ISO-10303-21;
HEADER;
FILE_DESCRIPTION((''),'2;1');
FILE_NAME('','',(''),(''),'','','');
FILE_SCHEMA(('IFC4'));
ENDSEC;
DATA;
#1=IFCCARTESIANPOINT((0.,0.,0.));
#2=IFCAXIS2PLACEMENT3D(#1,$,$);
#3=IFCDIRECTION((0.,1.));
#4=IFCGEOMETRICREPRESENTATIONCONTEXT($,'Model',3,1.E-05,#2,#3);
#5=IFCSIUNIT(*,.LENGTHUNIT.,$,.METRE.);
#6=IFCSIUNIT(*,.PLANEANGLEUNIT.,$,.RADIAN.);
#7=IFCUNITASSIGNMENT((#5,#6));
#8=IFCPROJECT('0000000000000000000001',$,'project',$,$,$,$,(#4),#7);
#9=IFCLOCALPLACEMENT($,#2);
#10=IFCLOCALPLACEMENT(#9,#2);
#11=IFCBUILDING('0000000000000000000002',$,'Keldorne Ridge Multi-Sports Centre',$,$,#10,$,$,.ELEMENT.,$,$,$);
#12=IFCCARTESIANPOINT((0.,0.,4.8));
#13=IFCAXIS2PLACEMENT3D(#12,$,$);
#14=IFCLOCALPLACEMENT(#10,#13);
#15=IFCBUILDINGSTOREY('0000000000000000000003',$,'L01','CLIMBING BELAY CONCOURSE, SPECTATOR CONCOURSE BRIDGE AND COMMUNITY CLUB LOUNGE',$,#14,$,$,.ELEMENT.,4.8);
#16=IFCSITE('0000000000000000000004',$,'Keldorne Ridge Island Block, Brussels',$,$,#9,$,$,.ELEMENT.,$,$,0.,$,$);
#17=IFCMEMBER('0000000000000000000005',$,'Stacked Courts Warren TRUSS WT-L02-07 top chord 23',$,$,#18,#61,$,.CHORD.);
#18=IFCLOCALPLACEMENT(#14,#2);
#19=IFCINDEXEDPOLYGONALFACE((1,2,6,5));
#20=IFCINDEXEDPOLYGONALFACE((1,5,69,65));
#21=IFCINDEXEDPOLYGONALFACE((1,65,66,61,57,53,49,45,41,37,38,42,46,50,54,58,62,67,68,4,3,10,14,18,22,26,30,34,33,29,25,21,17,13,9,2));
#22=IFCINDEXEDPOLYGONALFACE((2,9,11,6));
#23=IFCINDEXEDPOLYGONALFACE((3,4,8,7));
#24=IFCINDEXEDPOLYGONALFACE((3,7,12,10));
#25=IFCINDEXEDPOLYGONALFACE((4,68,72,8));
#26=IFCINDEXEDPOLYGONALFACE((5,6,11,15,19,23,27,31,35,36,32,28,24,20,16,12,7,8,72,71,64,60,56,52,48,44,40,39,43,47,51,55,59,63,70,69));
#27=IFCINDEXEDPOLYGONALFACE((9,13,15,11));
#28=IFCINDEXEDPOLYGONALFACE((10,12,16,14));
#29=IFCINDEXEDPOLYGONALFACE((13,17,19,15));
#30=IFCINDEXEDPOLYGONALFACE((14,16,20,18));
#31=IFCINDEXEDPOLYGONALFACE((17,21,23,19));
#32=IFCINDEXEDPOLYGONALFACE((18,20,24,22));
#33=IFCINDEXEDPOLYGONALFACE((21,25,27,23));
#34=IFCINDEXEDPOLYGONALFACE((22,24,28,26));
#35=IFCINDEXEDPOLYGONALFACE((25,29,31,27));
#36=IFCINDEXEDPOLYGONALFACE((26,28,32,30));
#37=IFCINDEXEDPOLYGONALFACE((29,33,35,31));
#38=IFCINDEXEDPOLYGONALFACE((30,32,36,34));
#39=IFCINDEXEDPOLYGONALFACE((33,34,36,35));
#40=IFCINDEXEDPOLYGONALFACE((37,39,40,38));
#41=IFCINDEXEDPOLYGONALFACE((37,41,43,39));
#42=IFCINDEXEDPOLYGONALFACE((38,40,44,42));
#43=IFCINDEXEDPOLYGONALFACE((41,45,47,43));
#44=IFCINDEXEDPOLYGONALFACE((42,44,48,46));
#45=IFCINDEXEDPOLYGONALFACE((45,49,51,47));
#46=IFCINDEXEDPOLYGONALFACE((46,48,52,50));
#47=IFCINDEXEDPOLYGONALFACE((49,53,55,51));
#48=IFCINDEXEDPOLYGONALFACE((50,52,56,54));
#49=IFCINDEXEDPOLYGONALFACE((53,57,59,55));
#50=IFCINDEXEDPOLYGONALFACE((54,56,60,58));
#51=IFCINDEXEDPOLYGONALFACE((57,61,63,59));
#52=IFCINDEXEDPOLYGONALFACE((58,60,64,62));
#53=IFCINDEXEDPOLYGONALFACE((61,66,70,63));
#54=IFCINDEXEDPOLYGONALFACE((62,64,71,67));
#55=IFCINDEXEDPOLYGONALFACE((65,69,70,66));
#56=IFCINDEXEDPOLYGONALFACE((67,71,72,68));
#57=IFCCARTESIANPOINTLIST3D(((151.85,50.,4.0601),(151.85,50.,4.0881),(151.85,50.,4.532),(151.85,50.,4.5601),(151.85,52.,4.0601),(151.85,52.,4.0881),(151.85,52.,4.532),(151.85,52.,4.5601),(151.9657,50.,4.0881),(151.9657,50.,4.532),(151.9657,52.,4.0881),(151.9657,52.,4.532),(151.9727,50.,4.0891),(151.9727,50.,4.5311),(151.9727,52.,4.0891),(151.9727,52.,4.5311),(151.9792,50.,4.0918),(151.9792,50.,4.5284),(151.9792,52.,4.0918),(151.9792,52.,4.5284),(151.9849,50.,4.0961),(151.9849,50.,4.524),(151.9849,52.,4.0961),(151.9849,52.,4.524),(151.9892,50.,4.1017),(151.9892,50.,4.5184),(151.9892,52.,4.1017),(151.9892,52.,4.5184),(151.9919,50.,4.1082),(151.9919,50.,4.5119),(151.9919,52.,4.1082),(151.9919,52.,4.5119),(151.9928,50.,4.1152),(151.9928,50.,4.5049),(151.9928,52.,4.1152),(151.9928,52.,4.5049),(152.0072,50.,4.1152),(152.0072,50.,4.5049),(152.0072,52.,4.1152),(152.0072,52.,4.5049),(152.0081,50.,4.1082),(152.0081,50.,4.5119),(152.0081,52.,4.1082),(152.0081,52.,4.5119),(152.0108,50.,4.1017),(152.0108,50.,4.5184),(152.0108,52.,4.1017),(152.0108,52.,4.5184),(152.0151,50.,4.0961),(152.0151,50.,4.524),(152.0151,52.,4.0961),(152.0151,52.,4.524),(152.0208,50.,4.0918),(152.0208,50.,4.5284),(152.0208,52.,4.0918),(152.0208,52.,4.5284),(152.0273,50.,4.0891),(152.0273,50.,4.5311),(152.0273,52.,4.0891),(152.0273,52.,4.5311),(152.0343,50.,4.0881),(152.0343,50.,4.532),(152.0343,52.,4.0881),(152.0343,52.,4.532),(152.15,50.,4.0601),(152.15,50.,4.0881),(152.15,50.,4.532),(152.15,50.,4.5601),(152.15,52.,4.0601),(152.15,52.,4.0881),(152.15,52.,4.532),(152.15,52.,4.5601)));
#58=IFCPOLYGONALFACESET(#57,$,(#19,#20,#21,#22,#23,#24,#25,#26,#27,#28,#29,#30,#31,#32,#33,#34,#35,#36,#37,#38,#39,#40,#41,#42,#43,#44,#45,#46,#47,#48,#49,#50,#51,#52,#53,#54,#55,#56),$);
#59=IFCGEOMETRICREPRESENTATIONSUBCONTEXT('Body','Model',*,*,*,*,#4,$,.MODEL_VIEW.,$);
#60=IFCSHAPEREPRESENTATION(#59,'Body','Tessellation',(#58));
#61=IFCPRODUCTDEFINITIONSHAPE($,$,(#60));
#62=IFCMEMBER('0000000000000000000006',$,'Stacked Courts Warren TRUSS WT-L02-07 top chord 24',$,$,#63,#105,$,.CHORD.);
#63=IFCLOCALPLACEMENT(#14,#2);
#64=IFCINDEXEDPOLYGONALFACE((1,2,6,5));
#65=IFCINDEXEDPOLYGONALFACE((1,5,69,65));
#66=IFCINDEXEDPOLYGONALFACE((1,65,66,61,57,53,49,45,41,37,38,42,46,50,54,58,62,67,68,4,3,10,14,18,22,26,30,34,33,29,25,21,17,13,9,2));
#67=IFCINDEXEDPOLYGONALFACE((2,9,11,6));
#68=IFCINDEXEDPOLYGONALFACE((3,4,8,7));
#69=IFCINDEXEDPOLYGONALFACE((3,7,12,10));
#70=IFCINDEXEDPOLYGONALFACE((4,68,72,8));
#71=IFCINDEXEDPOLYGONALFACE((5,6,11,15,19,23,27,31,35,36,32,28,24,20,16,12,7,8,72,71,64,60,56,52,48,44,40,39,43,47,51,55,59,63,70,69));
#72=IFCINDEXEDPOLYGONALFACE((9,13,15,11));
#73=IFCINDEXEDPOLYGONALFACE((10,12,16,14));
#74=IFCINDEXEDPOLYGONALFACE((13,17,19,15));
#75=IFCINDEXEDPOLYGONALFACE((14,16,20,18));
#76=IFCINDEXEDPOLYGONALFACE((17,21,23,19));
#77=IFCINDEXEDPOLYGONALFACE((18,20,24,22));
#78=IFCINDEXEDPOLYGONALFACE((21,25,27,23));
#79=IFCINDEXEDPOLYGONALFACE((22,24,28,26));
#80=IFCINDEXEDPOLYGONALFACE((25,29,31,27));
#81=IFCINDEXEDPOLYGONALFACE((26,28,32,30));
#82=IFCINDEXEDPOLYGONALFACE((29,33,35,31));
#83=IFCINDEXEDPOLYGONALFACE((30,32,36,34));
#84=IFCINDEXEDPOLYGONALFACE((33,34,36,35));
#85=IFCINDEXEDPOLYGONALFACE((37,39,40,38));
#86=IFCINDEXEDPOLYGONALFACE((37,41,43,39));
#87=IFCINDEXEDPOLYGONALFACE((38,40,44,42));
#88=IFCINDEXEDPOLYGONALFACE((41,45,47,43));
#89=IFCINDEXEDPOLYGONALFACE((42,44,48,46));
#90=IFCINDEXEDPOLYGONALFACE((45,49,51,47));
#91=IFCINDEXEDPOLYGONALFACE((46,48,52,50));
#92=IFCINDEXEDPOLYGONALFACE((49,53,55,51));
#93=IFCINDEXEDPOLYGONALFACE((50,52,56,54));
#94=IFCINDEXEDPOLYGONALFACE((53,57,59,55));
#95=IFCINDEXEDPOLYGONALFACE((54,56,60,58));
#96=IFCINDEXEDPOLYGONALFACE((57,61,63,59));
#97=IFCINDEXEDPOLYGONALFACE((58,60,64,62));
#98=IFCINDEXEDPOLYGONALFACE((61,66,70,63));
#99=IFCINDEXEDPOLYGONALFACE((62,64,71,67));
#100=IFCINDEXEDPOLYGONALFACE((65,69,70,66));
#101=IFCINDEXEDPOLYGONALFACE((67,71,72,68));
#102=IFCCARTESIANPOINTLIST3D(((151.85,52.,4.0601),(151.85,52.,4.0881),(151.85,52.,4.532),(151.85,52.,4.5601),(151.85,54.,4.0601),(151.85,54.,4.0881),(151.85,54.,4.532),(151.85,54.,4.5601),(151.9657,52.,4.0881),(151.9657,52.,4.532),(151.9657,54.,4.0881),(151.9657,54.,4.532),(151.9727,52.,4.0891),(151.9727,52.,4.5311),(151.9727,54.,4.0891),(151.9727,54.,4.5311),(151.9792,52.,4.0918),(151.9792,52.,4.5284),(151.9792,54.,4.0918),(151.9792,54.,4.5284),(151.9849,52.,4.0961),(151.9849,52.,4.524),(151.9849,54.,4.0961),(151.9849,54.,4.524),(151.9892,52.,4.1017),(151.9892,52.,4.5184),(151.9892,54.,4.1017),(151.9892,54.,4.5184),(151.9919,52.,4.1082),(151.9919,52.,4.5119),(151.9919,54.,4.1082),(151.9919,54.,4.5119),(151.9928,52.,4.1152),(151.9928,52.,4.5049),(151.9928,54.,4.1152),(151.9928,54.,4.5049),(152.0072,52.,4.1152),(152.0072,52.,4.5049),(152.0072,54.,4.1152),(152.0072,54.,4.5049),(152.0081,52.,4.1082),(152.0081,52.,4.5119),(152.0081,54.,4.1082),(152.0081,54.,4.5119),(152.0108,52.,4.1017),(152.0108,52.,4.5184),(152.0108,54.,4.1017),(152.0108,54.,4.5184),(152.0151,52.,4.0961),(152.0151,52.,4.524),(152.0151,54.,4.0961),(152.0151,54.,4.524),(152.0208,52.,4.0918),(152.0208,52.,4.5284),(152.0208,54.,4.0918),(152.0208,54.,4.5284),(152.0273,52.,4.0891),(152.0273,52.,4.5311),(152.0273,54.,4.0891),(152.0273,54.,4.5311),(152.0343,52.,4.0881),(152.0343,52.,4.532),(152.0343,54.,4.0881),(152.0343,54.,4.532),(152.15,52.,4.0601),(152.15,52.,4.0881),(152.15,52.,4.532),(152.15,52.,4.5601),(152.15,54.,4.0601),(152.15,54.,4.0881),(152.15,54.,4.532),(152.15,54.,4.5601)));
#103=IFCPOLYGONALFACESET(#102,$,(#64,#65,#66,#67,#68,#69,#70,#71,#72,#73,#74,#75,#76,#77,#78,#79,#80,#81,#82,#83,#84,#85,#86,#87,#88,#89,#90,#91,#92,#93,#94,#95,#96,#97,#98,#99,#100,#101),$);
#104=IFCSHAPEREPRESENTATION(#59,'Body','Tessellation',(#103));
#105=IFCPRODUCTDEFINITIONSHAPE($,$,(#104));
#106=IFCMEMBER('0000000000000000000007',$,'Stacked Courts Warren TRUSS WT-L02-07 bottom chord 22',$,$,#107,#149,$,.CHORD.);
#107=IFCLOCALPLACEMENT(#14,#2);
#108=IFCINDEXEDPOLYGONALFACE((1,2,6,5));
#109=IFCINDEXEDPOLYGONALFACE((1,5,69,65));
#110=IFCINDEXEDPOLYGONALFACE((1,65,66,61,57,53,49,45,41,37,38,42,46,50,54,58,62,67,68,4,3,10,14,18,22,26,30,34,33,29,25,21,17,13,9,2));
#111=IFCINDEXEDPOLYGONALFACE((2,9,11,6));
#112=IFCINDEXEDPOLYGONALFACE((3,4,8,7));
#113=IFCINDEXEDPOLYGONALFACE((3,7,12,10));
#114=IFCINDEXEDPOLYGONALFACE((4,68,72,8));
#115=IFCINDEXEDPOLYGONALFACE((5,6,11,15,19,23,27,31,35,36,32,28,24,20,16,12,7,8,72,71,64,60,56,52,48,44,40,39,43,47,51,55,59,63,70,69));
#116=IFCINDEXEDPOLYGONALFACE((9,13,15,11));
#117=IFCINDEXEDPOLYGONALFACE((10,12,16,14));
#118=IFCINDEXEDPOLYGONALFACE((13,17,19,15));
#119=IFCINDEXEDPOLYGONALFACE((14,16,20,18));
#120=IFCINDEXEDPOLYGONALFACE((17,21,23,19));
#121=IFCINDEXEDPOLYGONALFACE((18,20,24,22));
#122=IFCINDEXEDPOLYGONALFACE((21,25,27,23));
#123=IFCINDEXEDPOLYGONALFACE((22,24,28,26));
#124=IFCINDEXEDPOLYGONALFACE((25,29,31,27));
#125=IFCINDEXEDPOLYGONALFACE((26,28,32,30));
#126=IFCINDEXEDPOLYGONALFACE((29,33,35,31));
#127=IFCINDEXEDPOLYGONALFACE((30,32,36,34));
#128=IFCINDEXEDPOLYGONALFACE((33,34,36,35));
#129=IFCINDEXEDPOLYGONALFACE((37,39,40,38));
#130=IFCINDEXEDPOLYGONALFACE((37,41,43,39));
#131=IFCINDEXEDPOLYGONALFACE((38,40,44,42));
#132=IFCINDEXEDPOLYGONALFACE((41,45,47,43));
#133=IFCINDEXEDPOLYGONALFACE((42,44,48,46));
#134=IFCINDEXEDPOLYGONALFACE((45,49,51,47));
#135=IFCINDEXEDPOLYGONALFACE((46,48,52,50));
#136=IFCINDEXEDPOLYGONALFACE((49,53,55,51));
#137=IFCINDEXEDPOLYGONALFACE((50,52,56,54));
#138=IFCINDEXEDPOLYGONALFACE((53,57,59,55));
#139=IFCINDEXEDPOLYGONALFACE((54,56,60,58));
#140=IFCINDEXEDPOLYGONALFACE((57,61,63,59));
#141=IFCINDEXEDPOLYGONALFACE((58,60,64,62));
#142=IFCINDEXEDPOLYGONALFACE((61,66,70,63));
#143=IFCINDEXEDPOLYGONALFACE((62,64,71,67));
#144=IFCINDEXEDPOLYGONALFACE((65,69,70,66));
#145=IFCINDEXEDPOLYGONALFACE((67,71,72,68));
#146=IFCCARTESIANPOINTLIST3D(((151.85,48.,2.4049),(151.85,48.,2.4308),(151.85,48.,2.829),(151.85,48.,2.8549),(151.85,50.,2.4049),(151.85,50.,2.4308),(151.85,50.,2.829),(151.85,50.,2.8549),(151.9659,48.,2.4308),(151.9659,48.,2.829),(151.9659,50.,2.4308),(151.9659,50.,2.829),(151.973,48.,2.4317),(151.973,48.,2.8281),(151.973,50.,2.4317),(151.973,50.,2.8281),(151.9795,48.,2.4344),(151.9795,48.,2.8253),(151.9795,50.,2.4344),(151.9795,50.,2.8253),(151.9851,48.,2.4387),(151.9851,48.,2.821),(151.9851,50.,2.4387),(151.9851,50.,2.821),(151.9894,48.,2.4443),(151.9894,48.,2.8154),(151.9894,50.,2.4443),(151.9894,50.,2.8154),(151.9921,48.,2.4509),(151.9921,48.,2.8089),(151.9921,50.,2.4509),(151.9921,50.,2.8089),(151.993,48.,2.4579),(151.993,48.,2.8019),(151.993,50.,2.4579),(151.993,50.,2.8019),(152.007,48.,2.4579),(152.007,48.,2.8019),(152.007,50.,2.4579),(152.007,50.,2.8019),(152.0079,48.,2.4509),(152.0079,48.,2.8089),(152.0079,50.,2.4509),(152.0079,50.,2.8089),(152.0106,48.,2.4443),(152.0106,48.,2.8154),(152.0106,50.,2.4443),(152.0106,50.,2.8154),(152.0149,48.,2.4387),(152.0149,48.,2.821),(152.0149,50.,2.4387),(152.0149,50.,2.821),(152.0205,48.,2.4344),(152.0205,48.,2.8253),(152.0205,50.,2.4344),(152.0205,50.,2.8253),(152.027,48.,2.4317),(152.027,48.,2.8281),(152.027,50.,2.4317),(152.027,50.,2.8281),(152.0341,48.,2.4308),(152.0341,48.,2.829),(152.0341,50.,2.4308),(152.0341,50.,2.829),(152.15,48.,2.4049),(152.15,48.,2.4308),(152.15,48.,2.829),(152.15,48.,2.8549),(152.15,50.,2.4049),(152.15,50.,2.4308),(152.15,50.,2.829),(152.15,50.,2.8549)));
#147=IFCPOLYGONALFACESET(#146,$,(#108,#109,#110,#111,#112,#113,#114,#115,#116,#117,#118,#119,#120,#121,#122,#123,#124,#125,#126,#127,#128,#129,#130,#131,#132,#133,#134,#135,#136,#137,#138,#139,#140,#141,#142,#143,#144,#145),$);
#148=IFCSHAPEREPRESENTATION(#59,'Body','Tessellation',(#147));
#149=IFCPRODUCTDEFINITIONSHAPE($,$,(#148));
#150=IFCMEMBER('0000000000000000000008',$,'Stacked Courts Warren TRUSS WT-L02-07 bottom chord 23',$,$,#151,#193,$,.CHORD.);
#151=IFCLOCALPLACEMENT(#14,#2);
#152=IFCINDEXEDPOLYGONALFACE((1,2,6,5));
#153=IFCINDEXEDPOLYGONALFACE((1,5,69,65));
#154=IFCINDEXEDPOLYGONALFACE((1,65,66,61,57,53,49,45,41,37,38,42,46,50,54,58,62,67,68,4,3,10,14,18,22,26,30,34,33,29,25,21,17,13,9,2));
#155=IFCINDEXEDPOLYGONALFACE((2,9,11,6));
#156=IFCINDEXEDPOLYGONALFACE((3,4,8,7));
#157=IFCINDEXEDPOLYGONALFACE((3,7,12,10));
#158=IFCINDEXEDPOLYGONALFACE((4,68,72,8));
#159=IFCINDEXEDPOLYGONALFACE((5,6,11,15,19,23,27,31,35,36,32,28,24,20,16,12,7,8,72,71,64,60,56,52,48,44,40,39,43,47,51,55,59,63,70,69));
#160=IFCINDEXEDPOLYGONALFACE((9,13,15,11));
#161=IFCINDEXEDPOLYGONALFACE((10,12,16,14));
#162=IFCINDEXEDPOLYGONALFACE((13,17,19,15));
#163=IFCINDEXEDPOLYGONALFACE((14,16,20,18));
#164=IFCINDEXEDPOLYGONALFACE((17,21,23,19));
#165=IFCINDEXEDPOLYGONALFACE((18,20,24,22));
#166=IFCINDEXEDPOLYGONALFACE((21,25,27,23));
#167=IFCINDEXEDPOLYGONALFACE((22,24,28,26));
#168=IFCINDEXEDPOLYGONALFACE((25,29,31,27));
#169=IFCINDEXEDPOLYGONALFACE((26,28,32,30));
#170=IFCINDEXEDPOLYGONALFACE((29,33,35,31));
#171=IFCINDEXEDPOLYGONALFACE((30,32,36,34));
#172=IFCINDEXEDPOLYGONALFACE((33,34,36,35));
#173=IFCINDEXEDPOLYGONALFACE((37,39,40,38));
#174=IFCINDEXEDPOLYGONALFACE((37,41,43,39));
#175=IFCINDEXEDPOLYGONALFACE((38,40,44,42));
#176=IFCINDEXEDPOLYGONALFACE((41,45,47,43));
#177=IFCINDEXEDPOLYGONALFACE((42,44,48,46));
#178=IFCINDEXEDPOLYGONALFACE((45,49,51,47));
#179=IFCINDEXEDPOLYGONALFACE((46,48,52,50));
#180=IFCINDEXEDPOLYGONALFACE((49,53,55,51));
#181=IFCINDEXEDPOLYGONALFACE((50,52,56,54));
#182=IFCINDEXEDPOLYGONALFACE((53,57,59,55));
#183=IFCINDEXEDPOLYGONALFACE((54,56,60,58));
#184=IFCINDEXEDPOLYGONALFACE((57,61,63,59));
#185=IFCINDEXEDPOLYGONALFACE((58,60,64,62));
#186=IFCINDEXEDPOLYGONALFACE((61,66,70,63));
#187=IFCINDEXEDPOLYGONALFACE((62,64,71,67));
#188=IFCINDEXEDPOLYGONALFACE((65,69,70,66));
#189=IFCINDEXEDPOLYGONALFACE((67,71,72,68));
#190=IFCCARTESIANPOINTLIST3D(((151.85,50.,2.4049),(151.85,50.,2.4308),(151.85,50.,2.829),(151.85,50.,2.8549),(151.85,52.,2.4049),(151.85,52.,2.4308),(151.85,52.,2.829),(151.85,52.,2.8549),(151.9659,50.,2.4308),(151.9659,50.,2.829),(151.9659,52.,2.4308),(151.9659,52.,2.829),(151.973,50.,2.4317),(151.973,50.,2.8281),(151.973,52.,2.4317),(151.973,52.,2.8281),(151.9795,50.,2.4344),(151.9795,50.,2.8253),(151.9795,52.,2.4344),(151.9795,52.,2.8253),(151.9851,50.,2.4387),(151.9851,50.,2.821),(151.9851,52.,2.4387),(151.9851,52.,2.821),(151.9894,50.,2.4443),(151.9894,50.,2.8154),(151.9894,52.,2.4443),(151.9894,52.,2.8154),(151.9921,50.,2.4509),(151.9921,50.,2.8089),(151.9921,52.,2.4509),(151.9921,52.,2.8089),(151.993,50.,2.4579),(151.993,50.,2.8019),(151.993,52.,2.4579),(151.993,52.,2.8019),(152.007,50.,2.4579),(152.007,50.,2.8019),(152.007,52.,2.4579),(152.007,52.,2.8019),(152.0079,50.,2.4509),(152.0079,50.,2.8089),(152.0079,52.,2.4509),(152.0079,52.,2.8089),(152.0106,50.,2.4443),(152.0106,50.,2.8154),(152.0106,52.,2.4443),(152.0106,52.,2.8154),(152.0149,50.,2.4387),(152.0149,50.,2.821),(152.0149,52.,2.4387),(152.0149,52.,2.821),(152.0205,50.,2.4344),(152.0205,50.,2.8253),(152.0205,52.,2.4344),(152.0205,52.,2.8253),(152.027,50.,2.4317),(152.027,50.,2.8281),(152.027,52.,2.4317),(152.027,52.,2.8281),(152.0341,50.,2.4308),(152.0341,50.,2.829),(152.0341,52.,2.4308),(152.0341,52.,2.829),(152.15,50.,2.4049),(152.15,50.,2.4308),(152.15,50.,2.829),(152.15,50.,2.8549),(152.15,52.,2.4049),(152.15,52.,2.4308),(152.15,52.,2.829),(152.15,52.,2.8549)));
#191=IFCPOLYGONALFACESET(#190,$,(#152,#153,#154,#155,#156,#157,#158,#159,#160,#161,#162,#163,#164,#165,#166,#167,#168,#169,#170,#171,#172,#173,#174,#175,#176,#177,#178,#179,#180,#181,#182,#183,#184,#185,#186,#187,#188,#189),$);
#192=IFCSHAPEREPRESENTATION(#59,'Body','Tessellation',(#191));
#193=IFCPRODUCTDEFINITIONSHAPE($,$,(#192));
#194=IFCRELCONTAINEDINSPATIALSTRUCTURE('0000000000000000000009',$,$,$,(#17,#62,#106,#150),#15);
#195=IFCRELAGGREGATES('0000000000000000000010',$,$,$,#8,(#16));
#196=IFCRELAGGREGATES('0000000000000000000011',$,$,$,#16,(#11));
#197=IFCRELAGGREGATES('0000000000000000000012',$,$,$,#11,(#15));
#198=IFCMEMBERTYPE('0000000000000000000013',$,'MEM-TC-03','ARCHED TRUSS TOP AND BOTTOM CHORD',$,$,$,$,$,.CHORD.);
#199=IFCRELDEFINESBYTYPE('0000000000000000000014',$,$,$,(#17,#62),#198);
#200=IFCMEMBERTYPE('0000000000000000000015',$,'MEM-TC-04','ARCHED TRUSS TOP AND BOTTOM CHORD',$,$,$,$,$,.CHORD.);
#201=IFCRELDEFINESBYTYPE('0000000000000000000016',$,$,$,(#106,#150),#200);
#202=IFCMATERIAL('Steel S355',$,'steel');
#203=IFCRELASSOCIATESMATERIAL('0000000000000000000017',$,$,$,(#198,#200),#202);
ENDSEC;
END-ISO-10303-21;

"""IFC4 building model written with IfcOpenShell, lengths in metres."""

from ifc_helpers import new_model, si_unit, direction, frame, origin, origin_2d, place, context, subcontext, project, spatial, i_section, extrude, material, material_profile, profile_set, type_object, element, save


model = new_model("IFC4")

# Units and contexts
model_context = context("Model", 3, precision=1e-05, world=origin(), true_north=direction((0.0, 1.0)))
body_context = subcontext(model_context, "Body", "Model", "MODEL_VIEW")
ifc_project = project(units=[si_unit("LENGTHUNIT", "METRE"), si_unit("PLANEANGLEUNIT", "RADIAN")], contexts=[model_context])

# Site, building, storey
site_placement = place(None, origin())
site = spatial("IfcSite", under=ifc_project, at=site_placement, Name="Keldorne Ridge Island Block, Brussels", CompositionType="ELEMENT", RefElevation=0.0)
building_placement = place(site_placement, origin())
building = spatial("IfcBuilding", under=site, at=building_placement, Name="Keldorne Ridge Multi-Sports Centre", CompositionType="ELEMENT")
storey_placement = place(building_placement, frame((0.0, 0.0, 4.8)))
storey = spatial("IfcBuildingStorey", under=building, at=storey_placement, Name="L01", Description="CLIMBING BELAY CONCOURSE, SPECTATOR CONCOURSE BRIDGE AND COMMUNITY CLUB LOUNGE", CompositionType="ELEMENT", Elevation=4.8)

# Shared definitions
ifc_material_1 = material(Name="Steel S355", Category="steel")

# Members
ifc_material_profile_1 = material_profile(ifc_material_1, i_section(OverallWidth=0.3, OverallDepth=0.5, WebThickness=0.0144, FlangeThickness=0.0281, FilletRadius=0.0271, at=origin_2d()), Name="HEB 500")
ifc_profile_set_1 = profile_set([ifc_material_profile_1], Name="Steel S355")
member_type_1 = type_object("IfcMemberType", Name="MEM-TC-03", Description="ARCHED TRUSS TOP AND BOTTOM CHORD", PredefinedType="CHORD", material=ifc_profile_set_1)
for number, where, z_axis, x_axis, name in (
    (1, (152.0, 50.0, 4.3101), (0.0, 1.0, 0.0), (-1.0, 0.0, 0.0), "Stacked Courts Warren TRUSS WT-L02-07 top chord 23"),
    (2, (152.0, 52.0, 4.3101), (0.0, 1.0, 0.0), (-1.0, 0.0, 0.0), "Stacked Courts Warren TRUSS WT-L02-07 top chord 24"),
):
    element("IfcMember", number, at=place(storey_placement, frame(where, z_axis=z_axis, x_axis=x_axis)), inside=storey, type_object=member_type_1, Name=name, PredefinedType="CHORD", context=body_context, shape_type="SweptSolid", body=[
        extrude(i_section(OverallWidth=0.3, OverallDepth=0.5, WebThickness=0.0144, FlangeThickness=0.0281, FilletRadius=0.0271, at=origin_2d()), origin(), (0.0, 0.0, 1.0), 2.0),
    ])
ifc_material_profile_2 = material_profile(ifc_material_1, i_section(OverallWidth=0.3, OverallDepth=0.45, WebThickness=0.0139, FlangeThickness=0.0259, FilletRadius=0.0271, at=origin_2d()), Name="HEB 450")
ifc_profile_set_2 = profile_set([ifc_material_profile_2], Name="Steel S355")
member_type_2 = type_object("IfcMemberType", Name="MEM-TC-04", Description="ARCHED TRUSS TOP AND BOTTOM CHORD", PredefinedType="CHORD", material=ifc_profile_set_2)
for number, where, z_axis, x_axis, name in (
    (3, (152.0, 48.0, 2.6299), (0.0, 1.0, 0.0), (-1.0, 0.0, 0.0), "Stacked Courts Warren TRUSS WT-L02-07 bottom chord 22"),
    (4, (152.0, 50.0, 2.6299), (0.0, 1.0, 0.0), (-1.0, 0.0, 0.0), "Stacked Courts Warren TRUSS WT-L02-07 bottom chord 23"),
):
    element("IfcMember", number, at=place(storey_placement, frame(where, z_axis=z_axis, x_axis=x_axis)), inside=storey, type_object=member_type_2, Name=name, PredefinedType="CHORD", context=body_context, shape_type="SweptSolid", body=[
        extrude(i_section(OverallWidth=0.3, OverallDepth=0.45, WebThickness=0.0139, FlangeThickness=0.0259, FilletRadius=0.0271, at=origin_2d()), origin(), (0.0, 0.0, 1.0), 2.0),
    ])

save(model, "model.ifc")
